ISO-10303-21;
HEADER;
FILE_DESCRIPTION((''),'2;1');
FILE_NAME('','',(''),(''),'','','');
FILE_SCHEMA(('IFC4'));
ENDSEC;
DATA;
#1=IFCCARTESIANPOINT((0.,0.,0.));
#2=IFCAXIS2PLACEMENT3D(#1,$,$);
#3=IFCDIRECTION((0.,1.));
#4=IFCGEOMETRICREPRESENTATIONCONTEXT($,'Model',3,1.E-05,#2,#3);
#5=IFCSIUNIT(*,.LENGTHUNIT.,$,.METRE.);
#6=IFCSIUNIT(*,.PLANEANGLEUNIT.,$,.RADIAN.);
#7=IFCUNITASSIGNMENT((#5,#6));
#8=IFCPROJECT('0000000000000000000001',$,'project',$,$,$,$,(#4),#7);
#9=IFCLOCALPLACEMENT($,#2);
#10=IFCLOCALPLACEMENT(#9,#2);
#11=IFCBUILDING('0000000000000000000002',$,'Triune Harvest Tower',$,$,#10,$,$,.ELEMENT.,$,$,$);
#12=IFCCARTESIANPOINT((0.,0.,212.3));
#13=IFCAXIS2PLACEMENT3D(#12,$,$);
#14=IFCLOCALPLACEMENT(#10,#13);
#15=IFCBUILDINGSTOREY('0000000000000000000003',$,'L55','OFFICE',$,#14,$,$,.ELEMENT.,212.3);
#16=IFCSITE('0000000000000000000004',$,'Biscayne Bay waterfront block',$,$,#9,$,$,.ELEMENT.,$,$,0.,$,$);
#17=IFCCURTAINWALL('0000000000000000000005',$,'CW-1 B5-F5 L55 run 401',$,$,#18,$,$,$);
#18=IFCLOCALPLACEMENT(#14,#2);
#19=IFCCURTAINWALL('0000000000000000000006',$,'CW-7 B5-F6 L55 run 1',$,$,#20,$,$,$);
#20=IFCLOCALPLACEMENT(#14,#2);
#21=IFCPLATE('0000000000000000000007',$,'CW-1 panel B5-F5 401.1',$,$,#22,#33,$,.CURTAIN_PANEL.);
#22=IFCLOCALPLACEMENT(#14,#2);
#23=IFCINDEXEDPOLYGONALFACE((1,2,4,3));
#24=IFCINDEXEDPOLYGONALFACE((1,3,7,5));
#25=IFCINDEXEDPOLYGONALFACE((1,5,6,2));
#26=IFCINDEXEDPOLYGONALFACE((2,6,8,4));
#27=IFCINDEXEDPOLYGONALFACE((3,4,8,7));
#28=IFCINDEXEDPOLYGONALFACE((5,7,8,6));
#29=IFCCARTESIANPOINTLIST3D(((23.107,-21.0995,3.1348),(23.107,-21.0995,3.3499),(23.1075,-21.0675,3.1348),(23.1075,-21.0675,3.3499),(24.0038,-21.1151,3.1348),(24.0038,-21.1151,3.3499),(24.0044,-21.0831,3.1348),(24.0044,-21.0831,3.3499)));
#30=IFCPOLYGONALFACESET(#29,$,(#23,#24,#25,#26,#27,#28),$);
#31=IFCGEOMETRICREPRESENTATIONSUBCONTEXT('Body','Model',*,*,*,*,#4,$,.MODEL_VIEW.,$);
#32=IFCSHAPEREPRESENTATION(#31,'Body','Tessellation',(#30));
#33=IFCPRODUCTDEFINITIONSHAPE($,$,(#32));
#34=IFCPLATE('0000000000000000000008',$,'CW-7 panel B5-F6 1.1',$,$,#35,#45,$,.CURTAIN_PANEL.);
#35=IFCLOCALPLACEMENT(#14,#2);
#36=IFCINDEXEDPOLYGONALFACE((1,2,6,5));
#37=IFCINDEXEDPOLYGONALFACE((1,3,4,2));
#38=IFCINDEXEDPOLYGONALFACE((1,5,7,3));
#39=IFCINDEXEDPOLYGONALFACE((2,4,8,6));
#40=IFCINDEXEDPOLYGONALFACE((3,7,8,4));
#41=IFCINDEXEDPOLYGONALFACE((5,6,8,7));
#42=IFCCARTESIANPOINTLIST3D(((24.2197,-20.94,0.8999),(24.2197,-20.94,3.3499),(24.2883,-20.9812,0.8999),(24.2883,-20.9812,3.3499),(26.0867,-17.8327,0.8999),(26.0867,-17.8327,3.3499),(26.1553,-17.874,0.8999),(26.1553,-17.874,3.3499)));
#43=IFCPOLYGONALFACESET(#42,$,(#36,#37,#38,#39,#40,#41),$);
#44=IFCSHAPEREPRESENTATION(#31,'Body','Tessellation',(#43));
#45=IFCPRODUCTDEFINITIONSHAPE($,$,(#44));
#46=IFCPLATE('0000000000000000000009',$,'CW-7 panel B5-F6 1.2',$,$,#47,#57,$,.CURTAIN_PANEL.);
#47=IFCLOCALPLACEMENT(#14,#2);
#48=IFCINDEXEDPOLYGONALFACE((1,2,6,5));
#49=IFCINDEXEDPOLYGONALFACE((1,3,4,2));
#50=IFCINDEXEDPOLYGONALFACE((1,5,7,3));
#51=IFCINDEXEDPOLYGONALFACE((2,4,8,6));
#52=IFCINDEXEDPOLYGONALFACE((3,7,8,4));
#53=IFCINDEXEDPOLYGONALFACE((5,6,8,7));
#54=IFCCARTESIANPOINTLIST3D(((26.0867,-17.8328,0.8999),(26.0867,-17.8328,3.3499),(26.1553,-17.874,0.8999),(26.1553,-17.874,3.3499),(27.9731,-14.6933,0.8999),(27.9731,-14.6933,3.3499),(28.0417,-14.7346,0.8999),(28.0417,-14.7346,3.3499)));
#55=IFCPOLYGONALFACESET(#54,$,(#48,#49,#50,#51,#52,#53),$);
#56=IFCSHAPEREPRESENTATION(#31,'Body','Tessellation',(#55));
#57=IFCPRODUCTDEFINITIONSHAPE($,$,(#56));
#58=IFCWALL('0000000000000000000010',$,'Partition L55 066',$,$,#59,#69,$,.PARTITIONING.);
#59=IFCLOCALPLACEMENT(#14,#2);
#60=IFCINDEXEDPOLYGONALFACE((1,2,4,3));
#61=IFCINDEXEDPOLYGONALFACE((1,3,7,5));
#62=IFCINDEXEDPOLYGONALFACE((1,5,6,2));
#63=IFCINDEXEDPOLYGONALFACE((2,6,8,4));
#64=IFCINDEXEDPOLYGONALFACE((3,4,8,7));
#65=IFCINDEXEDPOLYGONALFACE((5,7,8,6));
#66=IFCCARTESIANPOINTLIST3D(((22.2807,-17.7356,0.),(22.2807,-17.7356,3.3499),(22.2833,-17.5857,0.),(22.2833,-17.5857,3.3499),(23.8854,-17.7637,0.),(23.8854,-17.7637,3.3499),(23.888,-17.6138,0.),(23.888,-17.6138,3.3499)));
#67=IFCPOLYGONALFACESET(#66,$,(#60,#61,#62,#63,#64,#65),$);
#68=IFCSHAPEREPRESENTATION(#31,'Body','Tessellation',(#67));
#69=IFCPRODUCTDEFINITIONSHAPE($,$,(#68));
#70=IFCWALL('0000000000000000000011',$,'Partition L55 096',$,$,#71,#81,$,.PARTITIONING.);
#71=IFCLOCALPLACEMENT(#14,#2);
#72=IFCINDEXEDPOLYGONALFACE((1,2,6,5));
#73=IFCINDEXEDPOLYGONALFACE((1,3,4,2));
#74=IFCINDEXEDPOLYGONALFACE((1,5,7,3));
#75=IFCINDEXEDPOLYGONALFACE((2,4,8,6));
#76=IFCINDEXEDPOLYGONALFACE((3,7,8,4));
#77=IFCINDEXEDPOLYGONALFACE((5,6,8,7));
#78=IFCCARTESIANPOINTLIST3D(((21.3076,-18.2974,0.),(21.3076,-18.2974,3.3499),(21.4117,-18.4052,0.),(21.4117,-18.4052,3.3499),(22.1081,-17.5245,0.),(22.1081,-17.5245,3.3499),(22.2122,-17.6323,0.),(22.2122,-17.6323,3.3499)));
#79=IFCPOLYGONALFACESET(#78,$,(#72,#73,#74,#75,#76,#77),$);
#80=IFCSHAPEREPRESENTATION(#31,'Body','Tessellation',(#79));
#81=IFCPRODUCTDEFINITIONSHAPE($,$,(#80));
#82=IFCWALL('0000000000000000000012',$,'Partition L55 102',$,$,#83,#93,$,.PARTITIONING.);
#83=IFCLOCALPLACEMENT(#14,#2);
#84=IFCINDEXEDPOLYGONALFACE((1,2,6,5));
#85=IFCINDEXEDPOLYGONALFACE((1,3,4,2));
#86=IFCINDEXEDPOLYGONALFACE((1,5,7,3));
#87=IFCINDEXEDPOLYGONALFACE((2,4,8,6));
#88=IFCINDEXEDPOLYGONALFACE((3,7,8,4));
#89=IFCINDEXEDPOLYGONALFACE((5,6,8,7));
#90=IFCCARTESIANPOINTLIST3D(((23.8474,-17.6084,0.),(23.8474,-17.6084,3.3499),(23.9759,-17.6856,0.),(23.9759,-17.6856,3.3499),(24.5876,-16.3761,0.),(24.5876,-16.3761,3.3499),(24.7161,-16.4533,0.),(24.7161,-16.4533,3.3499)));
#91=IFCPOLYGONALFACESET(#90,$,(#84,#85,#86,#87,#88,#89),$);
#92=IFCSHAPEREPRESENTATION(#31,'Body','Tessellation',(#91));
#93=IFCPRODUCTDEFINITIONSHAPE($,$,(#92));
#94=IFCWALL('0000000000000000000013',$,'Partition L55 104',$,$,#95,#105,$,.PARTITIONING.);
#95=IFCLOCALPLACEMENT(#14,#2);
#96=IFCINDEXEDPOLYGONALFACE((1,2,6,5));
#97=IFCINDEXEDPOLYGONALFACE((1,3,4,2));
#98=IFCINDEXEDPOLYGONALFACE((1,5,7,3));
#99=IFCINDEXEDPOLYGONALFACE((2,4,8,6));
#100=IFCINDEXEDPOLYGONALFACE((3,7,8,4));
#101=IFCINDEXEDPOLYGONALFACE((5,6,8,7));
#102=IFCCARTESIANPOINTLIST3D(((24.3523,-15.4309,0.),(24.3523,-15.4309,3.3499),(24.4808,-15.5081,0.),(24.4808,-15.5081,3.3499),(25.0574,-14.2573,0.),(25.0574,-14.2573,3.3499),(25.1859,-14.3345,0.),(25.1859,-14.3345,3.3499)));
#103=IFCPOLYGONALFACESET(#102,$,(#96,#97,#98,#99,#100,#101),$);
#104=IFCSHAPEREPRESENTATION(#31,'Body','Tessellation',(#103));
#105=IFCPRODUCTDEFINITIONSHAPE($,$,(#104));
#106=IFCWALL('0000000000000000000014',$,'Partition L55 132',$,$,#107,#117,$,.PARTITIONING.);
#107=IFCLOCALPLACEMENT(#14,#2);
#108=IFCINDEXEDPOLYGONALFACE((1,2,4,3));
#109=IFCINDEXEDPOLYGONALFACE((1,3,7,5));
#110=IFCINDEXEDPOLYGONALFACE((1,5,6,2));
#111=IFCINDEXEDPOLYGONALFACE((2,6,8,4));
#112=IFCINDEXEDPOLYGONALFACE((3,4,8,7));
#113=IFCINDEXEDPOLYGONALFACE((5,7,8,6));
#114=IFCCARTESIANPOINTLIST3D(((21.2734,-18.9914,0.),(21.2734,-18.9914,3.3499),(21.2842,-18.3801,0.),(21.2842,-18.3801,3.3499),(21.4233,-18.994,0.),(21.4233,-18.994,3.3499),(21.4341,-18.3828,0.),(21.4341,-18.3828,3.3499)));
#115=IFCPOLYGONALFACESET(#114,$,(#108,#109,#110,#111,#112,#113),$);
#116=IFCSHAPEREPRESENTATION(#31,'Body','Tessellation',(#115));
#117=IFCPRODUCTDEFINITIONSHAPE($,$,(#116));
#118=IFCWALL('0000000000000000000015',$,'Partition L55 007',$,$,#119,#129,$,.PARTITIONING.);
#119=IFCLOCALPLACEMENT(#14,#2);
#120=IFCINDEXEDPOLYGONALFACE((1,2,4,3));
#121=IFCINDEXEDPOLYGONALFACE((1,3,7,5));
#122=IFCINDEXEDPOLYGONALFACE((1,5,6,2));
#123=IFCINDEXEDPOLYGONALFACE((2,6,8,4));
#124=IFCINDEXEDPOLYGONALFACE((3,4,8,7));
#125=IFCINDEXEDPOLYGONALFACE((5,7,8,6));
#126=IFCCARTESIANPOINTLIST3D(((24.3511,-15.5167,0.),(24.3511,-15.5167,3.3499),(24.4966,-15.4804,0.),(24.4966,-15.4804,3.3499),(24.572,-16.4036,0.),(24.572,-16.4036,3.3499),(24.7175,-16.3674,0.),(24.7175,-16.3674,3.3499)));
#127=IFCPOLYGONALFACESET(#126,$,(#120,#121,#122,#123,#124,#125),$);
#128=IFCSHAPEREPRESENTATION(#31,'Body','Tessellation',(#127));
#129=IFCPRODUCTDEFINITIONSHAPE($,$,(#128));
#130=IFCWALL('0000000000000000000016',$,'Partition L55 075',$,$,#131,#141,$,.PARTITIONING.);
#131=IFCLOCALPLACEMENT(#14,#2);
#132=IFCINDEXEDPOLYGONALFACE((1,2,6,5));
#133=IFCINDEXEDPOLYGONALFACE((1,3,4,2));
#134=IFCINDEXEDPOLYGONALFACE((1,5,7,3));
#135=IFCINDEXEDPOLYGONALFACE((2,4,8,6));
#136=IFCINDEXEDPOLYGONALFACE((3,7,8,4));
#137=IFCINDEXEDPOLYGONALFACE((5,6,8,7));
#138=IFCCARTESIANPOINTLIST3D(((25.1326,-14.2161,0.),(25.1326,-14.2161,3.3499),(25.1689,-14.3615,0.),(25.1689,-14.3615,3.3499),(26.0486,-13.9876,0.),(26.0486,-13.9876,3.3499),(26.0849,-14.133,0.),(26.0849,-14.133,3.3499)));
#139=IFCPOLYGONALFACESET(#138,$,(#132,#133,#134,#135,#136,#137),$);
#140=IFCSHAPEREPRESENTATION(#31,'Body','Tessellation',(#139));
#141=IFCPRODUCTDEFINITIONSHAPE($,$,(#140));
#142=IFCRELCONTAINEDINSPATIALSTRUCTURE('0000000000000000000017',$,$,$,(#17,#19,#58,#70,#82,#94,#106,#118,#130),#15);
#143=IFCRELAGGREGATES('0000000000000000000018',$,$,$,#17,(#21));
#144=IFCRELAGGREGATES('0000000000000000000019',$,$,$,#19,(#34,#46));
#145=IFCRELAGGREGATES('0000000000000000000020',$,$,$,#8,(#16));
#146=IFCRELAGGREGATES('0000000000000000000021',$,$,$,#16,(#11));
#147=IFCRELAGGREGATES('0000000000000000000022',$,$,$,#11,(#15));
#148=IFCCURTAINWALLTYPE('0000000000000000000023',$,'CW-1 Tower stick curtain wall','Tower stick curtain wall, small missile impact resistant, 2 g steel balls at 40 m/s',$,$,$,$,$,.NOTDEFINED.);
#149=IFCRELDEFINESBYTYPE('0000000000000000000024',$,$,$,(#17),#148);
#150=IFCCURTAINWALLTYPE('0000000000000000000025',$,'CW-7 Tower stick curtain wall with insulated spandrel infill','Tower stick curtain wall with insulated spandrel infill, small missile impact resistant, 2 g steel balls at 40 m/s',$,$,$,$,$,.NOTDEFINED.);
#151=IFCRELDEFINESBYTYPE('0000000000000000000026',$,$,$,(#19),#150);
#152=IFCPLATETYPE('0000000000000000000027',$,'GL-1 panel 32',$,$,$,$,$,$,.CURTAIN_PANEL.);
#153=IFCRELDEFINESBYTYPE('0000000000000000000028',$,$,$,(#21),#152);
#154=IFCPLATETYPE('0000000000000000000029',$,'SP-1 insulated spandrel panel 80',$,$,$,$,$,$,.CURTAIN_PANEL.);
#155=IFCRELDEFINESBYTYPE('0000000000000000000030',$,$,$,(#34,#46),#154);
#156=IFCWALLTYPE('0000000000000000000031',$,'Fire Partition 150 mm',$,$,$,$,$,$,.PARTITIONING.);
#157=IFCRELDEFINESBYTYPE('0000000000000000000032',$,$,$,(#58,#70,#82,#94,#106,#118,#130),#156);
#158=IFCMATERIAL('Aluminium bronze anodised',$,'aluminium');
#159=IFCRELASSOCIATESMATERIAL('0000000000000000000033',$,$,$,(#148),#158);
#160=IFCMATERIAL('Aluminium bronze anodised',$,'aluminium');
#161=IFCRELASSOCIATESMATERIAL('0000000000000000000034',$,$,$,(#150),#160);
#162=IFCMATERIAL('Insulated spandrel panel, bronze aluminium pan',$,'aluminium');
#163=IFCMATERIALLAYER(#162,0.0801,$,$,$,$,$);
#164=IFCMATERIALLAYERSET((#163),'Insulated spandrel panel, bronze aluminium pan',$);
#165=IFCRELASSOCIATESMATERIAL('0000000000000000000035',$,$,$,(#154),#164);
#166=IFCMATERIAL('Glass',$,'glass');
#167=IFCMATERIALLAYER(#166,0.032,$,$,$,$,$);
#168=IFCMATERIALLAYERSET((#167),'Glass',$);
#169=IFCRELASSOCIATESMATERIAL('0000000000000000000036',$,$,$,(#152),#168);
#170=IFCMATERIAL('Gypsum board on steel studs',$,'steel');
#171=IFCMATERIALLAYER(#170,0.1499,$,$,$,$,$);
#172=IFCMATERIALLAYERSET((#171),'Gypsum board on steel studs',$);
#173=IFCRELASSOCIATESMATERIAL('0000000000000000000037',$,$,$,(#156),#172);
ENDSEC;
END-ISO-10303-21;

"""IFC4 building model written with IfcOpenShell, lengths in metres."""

from ifc_helpers import new_model, si_unit, direction, frame, frame_2d, origin, origin_2d, place, context, subcontext, project, spatial, rectangle, extrude, source, transform, mapped, material, layer, layer_set, type_object, element, aggregate, save


model = new_model("IFC4")

# Units and contexts
model_context = context("Model", 3, precision=1e-05, world=origin(), true_north=direction((0.0, 1.0)))
body_context = subcontext(model_context, "Body", "Model", "MODEL_VIEW")
ifc_project = project(units=[si_unit("LENGTHUNIT", "METRE"), si_unit("PLANEANGLEUNIT", "RADIAN")], contexts=[model_context])

# Site, building, storey
site_placement = place(None, origin())
site = spatial("IfcSite", under=ifc_project, at=site_placement, Name="Biscayne Bay waterfront block", CompositionType="ELEMENT", RefElevation=0.0)
building_placement = place(site_placement, origin())
building = spatial("IfcBuilding", under=site, at=building_placement, Name="Triune Harvest Tower", CompositionType="ELEMENT")
storey_placement = place(building_placement, frame((0.0, 0.0, 212.3)))
storey = spatial("IfcBuildingStorey", under=building, at=storey_placement, Name="L55", Description="OFFICE", CompositionType="ELEMENT", Elevation=212.3)

# Curtain wall
ifc_material_1 = material(Name="Aluminium bronze anodised", Category="aluminium")
curtain_wall_type_1 = type_object("IfcCurtainWallType", Name="CW-1 Tower stick curtain wall", Description="Tower stick curtain wall, small missile impact resistant, 2 g steel balls at 40 m/s", PredefinedType="NOTDEFINED", material=ifc_material_1)
curtain_wall_1_placement = place(storey_placement, origin())
curtain_wall_1 = element("IfcCurtainWall", 1, at=curtain_wall_1_placement, inside=storey, type_object=curtain_wall_type_1, Name="CW-1 B5-F5 L55 run 401")

# Shared definitions
ifc_material_2 = material(Name="Aluminium bronze anodised", Category="aluminium")
curtain_wall_type_2 = type_object("IfcCurtainWallType", Name="CW-7 Tower stick curtain wall with insulated spandrel infill", Description="Tower stick curtain wall with insulated spandrel infill, small missile impact resistant, 2 g steel balls at 40 m/s", PredefinedType="NOTDEFINED", material=ifc_material_2)

# Curtain wall
curtain_wall_2_placement = place(storey_placement, origin())
curtain_wall_2 = element("IfcCurtainWall", 2, at=curtain_wall_2_placement, inside=storey, type_object=curtain_wall_type_2, Name="CW-7 B5-F6 L55 run 1")

# Plates
ifc_material_3 = material(Name="Insulated spandrel panel, bronze aluminium pan", Category="aluminium")
ifc_layer_1 = layer(ifc_material_3, 0.0801)
ifc_layer_set_1 = layer_set([ifc_layer_1], Name="Insulated spandrel panel, bronze aluminium pan")
plate_type_1 = type_object("IfcPlateType", Name="SP-1 insulated spandrel panel 80", PredefinedType="CURTAIN_PANEL", material=ifc_layer_set_1)
ifc_material_4 = material(Name="Glass", Category="glass")
ifc_layer_2 = layer(ifc_material_4, 0.032)
ifc_layer_set_2 = layer_set([ifc_layer_2], Name="Glass")
plate_type_2 = type_object("IfcPlateType", Name="GL-1 panel 32", PredefinedType="CURTAIN_PANEL", material=ifc_layer_set_2)
shared_shape_1 = source(origin(), body_context, "Body", "SweptSolid", [
    extrude(rectangle(XDim=0.897, YDim=0.032, at=origin_2d()), origin(), (0.0, 0.0, 1.0), 0.2151),
])
plate_1_placement = place(storey_placement, frame((23.5557, -21.0913, 3.1348), z_axis=(0.0, 0.0, 1.0), x_axis=(0.999849, -0.017385, 0.0)))
plate_1 = element("IfcPlate", 3, at=plate_1_placement, type_object=plate_type_2, Name="CW-1 panel B5-F5 401.1", PredefinedType="CURTAIN_PANEL", context=body_context, shape_type="MappedRepresentation", body=[
    mapped(shared_shape_1, transform((0.0, 0.0, 0.0), scale=1.0)),
])
aggregate(curtain_wall_1, [plate_1])
shared_shape_2 = source(origin(), body_context, "Body", "SweptSolid", [
    extrude(rectangle(XDim=3.625, YDim=0.0801, at=origin_2d()), origin(), (0.0, 0.0, 1.0), 2.45),
])
plate_2_placement = place(storey_placement, frame((25.1875, -19.407, 0.8999), z_axis=(0.0, 0.0, 1.0), x_axis=(0.515037, 0.857168, 0.0)))
plate_2 = element("IfcPlate", 4, at=plate_2_placement, type_object=plate_type_1, Name="CW-7 panel B5-F6 1.1", PredefinedType="CURTAIN_PANEL", context=body_context, shape_type="MappedRepresentation", body=[
    mapped(shared_shape_2, transform((0.0, 0.0, 0.0), scale=1.0)),
])
shared_shape_3 = source(origin(), body_context, "Body", "SweptSolid", [
    extrude(rectangle(XDim=3.6626, YDim=0.0801, at=origin_2d()), origin(), (0.0, 0.0, 1.0), 2.45),
])
plate_3_placement = place(storey_placement, frame((27.0642, -16.2837, 0.8999), z_axis=(0.0, 0.0, 1.0), x_axis=(0.515037, 0.857168, 0.0)))
plate_3 = element("IfcPlate", 5, at=plate_3_placement, type_object=plate_type_1, Name="CW-7 panel B5-F6 1.2", PredefinedType="CURTAIN_PANEL", context=body_context, shape_type="MappedRepresentation", body=[
    mapped(shared_shape_3, transform((0.0, 0.0, 0.0), scale=1.0)),
])
aggregate(curtain_wall_2, [plate_2, plate_3])

# Walls
ifc_material_5 = material(Name="Gypsum board on steel studs", Category="steel")
ifc_layer_3 = layer(ifc_material_5, 0.1499)
ifc_layer_set_3 = layer_set([ifc_layer_3], Name="Gypsum board on steel studs")
wall_type = type_object("IfcWallType", Name="Fire Partition 150 mm", PredefinedType="PARTITIONING", material=ifc_layer_set_3)
wall_1_placement = place(storey_placement, frame((22.282, -17.6606, 0.0), z_axis=(0.0, 0.0, 1.0), x_axis=(0.999847, -0.017493, 0.0)))
element("IfcWall", 6, at=wall_1_placement, inside=storey, type_object=wall_type, Name="Partition L55 066", PredefinedType="PARTITIONING", context=body_context, shape_type="SweptSolid", body=[
    extrude(rectangle(XDim=1.605, YDim=0.1499, at=frame_2d((0.8025, 0.0))), origin(), (0.0, 0.0, 1.0), 3.3499),
])
wall_2_placement = place(storey_placement, frame((21.3596, -18.3513, 0.0), z_axis=(0.0, 0.0, 1.0), x_axis=(0.719394, 0.694602, 0.0)))
element("IfcWall", 7, at=wall_2_placement, inside=storey, type_object=wall_type, Name="Partition L55 096", PredefinedType="PARTITIONING", context=body_context, shape_type="SweptSolid", body=[
    extrude(rectangle(XDim=1.1128, YDim=0.1499, at=frame_2d((0.5564, 0.0))), origin(), (0.0, 0.0, 1.0), 3.3499),
])
wall_3_placement = place(storey_placement, frame((23.9116, -17.647, 0.0), z_axis=(0.0, 0.0, 1.0), x_axis=(0.51497, 0.857208, 0.0)))
element("IfcWall", 8, at=wall_3_placement, inside=storey, type_object=wall_type, Name="Partition L55 102", PredefinedType="PARTITIONING", context=body_context, shape_type="SweptSolid", body=[
    extrude(rectangle(XDim=1.4375, YDim=0.1499, at=frame_2d((0.7188, 0.0))), origin(), (0.0, 0.0, 1.0), 3.3499),
])
wall_4_placement = place(storey_placement, frame((24.4165, -15.4695, 0.0), z_axis=(0.0, 0.0, 1.0), x_axis=(0.514994, 0.857194, 0.0)))
element("IfcWall", 9, at=wall_4_placement, inside=storey, type_object=wall_type, Name="Partition L55 104", PredefinedType="PARTITIONING", context=body_context, shape_type="SweptSolid", body=[
    extrude(rectangle(XDim=1.3691, YDim=0.1499, at=frame_2d((0.6846, 0.0))), origin(), (0.0, 0.0, 1.0), 3.3499),
])
wall_5_placement = place(storey_placement, frame((21.3484, -18.9927, 0.0), z_axis=(0.0, 0.0, 1.0), x_axis=(0.017569, 0.999846, 0.0)))
element("IfcWall", 10, at=wall_5_placement, inside=storey, type_object=wall_type, Name="Partition L55 132", PredefinedType="PARTITIONING", context=body_context, shape_type="SweptSolid", body=[
    extrude(rectangle(XDim=0.6113, YDim=0.1499, at=frame_2d((0.3057, 0.0))), origin(), (0.0, 0.0, 1.0), 3.3499),
])
shared_shape_4 = source(origin(), body_context, "Body", "SweptSolid", [
    extrude(rectangle(XDim=0.9141, YDim=0.1499, at=frame_2d((0.457, 0.0))), origin(), (0.0, 0.0, 1.0), 3.3499),
])
wall_6_placement = place(storey_placement, frame((24.4238, -15.4985, 0.0), z_axis=(0.0, 0.0, 1.0), x_axis=(0.241719, -0.970346, 0.0)))
element("IfcWall", 11, at=wall_6_placement, inside=storey, type_object=wall_type, Name="Partition L55 007", PredefinedType="PARTITIONING", context=body_context, shape_type="MappedRepresentation", body=[
    mapped(shared_shape_4, transform((0.0, 0.0, 0.0), scale=1.0)),
])
shared_shape_5 = source(origin(), body_context, "Body", "SweptSolid", [
    extrude(rectangle(XDim=0.9441, YDim=0.1499, at=frame_2d((0.4722, 0.0))), origin(), (0.0, 0.0, 1.0), 3.3499),
])
wall_7_placement = place(storey_placement, frame((25.1506, -14.2888, 0.0), z_axis=(0.0, 0.0, 1.0), x_axis=(0.970264, 0.242049, 0.0)))
element("IfcWall", 12, at=wall_7_placement, inside=storey, type_object=wall_type, Name="Partition L55 075", PredefinedType="PARTITIONING", context=body_context, shape_type="MappedRepresentation", body=[
    mapped(shared_shape_5, transform((0.0, 0.0, 0.0), scale=1.0)),
])

save(model, "model.ifc")
